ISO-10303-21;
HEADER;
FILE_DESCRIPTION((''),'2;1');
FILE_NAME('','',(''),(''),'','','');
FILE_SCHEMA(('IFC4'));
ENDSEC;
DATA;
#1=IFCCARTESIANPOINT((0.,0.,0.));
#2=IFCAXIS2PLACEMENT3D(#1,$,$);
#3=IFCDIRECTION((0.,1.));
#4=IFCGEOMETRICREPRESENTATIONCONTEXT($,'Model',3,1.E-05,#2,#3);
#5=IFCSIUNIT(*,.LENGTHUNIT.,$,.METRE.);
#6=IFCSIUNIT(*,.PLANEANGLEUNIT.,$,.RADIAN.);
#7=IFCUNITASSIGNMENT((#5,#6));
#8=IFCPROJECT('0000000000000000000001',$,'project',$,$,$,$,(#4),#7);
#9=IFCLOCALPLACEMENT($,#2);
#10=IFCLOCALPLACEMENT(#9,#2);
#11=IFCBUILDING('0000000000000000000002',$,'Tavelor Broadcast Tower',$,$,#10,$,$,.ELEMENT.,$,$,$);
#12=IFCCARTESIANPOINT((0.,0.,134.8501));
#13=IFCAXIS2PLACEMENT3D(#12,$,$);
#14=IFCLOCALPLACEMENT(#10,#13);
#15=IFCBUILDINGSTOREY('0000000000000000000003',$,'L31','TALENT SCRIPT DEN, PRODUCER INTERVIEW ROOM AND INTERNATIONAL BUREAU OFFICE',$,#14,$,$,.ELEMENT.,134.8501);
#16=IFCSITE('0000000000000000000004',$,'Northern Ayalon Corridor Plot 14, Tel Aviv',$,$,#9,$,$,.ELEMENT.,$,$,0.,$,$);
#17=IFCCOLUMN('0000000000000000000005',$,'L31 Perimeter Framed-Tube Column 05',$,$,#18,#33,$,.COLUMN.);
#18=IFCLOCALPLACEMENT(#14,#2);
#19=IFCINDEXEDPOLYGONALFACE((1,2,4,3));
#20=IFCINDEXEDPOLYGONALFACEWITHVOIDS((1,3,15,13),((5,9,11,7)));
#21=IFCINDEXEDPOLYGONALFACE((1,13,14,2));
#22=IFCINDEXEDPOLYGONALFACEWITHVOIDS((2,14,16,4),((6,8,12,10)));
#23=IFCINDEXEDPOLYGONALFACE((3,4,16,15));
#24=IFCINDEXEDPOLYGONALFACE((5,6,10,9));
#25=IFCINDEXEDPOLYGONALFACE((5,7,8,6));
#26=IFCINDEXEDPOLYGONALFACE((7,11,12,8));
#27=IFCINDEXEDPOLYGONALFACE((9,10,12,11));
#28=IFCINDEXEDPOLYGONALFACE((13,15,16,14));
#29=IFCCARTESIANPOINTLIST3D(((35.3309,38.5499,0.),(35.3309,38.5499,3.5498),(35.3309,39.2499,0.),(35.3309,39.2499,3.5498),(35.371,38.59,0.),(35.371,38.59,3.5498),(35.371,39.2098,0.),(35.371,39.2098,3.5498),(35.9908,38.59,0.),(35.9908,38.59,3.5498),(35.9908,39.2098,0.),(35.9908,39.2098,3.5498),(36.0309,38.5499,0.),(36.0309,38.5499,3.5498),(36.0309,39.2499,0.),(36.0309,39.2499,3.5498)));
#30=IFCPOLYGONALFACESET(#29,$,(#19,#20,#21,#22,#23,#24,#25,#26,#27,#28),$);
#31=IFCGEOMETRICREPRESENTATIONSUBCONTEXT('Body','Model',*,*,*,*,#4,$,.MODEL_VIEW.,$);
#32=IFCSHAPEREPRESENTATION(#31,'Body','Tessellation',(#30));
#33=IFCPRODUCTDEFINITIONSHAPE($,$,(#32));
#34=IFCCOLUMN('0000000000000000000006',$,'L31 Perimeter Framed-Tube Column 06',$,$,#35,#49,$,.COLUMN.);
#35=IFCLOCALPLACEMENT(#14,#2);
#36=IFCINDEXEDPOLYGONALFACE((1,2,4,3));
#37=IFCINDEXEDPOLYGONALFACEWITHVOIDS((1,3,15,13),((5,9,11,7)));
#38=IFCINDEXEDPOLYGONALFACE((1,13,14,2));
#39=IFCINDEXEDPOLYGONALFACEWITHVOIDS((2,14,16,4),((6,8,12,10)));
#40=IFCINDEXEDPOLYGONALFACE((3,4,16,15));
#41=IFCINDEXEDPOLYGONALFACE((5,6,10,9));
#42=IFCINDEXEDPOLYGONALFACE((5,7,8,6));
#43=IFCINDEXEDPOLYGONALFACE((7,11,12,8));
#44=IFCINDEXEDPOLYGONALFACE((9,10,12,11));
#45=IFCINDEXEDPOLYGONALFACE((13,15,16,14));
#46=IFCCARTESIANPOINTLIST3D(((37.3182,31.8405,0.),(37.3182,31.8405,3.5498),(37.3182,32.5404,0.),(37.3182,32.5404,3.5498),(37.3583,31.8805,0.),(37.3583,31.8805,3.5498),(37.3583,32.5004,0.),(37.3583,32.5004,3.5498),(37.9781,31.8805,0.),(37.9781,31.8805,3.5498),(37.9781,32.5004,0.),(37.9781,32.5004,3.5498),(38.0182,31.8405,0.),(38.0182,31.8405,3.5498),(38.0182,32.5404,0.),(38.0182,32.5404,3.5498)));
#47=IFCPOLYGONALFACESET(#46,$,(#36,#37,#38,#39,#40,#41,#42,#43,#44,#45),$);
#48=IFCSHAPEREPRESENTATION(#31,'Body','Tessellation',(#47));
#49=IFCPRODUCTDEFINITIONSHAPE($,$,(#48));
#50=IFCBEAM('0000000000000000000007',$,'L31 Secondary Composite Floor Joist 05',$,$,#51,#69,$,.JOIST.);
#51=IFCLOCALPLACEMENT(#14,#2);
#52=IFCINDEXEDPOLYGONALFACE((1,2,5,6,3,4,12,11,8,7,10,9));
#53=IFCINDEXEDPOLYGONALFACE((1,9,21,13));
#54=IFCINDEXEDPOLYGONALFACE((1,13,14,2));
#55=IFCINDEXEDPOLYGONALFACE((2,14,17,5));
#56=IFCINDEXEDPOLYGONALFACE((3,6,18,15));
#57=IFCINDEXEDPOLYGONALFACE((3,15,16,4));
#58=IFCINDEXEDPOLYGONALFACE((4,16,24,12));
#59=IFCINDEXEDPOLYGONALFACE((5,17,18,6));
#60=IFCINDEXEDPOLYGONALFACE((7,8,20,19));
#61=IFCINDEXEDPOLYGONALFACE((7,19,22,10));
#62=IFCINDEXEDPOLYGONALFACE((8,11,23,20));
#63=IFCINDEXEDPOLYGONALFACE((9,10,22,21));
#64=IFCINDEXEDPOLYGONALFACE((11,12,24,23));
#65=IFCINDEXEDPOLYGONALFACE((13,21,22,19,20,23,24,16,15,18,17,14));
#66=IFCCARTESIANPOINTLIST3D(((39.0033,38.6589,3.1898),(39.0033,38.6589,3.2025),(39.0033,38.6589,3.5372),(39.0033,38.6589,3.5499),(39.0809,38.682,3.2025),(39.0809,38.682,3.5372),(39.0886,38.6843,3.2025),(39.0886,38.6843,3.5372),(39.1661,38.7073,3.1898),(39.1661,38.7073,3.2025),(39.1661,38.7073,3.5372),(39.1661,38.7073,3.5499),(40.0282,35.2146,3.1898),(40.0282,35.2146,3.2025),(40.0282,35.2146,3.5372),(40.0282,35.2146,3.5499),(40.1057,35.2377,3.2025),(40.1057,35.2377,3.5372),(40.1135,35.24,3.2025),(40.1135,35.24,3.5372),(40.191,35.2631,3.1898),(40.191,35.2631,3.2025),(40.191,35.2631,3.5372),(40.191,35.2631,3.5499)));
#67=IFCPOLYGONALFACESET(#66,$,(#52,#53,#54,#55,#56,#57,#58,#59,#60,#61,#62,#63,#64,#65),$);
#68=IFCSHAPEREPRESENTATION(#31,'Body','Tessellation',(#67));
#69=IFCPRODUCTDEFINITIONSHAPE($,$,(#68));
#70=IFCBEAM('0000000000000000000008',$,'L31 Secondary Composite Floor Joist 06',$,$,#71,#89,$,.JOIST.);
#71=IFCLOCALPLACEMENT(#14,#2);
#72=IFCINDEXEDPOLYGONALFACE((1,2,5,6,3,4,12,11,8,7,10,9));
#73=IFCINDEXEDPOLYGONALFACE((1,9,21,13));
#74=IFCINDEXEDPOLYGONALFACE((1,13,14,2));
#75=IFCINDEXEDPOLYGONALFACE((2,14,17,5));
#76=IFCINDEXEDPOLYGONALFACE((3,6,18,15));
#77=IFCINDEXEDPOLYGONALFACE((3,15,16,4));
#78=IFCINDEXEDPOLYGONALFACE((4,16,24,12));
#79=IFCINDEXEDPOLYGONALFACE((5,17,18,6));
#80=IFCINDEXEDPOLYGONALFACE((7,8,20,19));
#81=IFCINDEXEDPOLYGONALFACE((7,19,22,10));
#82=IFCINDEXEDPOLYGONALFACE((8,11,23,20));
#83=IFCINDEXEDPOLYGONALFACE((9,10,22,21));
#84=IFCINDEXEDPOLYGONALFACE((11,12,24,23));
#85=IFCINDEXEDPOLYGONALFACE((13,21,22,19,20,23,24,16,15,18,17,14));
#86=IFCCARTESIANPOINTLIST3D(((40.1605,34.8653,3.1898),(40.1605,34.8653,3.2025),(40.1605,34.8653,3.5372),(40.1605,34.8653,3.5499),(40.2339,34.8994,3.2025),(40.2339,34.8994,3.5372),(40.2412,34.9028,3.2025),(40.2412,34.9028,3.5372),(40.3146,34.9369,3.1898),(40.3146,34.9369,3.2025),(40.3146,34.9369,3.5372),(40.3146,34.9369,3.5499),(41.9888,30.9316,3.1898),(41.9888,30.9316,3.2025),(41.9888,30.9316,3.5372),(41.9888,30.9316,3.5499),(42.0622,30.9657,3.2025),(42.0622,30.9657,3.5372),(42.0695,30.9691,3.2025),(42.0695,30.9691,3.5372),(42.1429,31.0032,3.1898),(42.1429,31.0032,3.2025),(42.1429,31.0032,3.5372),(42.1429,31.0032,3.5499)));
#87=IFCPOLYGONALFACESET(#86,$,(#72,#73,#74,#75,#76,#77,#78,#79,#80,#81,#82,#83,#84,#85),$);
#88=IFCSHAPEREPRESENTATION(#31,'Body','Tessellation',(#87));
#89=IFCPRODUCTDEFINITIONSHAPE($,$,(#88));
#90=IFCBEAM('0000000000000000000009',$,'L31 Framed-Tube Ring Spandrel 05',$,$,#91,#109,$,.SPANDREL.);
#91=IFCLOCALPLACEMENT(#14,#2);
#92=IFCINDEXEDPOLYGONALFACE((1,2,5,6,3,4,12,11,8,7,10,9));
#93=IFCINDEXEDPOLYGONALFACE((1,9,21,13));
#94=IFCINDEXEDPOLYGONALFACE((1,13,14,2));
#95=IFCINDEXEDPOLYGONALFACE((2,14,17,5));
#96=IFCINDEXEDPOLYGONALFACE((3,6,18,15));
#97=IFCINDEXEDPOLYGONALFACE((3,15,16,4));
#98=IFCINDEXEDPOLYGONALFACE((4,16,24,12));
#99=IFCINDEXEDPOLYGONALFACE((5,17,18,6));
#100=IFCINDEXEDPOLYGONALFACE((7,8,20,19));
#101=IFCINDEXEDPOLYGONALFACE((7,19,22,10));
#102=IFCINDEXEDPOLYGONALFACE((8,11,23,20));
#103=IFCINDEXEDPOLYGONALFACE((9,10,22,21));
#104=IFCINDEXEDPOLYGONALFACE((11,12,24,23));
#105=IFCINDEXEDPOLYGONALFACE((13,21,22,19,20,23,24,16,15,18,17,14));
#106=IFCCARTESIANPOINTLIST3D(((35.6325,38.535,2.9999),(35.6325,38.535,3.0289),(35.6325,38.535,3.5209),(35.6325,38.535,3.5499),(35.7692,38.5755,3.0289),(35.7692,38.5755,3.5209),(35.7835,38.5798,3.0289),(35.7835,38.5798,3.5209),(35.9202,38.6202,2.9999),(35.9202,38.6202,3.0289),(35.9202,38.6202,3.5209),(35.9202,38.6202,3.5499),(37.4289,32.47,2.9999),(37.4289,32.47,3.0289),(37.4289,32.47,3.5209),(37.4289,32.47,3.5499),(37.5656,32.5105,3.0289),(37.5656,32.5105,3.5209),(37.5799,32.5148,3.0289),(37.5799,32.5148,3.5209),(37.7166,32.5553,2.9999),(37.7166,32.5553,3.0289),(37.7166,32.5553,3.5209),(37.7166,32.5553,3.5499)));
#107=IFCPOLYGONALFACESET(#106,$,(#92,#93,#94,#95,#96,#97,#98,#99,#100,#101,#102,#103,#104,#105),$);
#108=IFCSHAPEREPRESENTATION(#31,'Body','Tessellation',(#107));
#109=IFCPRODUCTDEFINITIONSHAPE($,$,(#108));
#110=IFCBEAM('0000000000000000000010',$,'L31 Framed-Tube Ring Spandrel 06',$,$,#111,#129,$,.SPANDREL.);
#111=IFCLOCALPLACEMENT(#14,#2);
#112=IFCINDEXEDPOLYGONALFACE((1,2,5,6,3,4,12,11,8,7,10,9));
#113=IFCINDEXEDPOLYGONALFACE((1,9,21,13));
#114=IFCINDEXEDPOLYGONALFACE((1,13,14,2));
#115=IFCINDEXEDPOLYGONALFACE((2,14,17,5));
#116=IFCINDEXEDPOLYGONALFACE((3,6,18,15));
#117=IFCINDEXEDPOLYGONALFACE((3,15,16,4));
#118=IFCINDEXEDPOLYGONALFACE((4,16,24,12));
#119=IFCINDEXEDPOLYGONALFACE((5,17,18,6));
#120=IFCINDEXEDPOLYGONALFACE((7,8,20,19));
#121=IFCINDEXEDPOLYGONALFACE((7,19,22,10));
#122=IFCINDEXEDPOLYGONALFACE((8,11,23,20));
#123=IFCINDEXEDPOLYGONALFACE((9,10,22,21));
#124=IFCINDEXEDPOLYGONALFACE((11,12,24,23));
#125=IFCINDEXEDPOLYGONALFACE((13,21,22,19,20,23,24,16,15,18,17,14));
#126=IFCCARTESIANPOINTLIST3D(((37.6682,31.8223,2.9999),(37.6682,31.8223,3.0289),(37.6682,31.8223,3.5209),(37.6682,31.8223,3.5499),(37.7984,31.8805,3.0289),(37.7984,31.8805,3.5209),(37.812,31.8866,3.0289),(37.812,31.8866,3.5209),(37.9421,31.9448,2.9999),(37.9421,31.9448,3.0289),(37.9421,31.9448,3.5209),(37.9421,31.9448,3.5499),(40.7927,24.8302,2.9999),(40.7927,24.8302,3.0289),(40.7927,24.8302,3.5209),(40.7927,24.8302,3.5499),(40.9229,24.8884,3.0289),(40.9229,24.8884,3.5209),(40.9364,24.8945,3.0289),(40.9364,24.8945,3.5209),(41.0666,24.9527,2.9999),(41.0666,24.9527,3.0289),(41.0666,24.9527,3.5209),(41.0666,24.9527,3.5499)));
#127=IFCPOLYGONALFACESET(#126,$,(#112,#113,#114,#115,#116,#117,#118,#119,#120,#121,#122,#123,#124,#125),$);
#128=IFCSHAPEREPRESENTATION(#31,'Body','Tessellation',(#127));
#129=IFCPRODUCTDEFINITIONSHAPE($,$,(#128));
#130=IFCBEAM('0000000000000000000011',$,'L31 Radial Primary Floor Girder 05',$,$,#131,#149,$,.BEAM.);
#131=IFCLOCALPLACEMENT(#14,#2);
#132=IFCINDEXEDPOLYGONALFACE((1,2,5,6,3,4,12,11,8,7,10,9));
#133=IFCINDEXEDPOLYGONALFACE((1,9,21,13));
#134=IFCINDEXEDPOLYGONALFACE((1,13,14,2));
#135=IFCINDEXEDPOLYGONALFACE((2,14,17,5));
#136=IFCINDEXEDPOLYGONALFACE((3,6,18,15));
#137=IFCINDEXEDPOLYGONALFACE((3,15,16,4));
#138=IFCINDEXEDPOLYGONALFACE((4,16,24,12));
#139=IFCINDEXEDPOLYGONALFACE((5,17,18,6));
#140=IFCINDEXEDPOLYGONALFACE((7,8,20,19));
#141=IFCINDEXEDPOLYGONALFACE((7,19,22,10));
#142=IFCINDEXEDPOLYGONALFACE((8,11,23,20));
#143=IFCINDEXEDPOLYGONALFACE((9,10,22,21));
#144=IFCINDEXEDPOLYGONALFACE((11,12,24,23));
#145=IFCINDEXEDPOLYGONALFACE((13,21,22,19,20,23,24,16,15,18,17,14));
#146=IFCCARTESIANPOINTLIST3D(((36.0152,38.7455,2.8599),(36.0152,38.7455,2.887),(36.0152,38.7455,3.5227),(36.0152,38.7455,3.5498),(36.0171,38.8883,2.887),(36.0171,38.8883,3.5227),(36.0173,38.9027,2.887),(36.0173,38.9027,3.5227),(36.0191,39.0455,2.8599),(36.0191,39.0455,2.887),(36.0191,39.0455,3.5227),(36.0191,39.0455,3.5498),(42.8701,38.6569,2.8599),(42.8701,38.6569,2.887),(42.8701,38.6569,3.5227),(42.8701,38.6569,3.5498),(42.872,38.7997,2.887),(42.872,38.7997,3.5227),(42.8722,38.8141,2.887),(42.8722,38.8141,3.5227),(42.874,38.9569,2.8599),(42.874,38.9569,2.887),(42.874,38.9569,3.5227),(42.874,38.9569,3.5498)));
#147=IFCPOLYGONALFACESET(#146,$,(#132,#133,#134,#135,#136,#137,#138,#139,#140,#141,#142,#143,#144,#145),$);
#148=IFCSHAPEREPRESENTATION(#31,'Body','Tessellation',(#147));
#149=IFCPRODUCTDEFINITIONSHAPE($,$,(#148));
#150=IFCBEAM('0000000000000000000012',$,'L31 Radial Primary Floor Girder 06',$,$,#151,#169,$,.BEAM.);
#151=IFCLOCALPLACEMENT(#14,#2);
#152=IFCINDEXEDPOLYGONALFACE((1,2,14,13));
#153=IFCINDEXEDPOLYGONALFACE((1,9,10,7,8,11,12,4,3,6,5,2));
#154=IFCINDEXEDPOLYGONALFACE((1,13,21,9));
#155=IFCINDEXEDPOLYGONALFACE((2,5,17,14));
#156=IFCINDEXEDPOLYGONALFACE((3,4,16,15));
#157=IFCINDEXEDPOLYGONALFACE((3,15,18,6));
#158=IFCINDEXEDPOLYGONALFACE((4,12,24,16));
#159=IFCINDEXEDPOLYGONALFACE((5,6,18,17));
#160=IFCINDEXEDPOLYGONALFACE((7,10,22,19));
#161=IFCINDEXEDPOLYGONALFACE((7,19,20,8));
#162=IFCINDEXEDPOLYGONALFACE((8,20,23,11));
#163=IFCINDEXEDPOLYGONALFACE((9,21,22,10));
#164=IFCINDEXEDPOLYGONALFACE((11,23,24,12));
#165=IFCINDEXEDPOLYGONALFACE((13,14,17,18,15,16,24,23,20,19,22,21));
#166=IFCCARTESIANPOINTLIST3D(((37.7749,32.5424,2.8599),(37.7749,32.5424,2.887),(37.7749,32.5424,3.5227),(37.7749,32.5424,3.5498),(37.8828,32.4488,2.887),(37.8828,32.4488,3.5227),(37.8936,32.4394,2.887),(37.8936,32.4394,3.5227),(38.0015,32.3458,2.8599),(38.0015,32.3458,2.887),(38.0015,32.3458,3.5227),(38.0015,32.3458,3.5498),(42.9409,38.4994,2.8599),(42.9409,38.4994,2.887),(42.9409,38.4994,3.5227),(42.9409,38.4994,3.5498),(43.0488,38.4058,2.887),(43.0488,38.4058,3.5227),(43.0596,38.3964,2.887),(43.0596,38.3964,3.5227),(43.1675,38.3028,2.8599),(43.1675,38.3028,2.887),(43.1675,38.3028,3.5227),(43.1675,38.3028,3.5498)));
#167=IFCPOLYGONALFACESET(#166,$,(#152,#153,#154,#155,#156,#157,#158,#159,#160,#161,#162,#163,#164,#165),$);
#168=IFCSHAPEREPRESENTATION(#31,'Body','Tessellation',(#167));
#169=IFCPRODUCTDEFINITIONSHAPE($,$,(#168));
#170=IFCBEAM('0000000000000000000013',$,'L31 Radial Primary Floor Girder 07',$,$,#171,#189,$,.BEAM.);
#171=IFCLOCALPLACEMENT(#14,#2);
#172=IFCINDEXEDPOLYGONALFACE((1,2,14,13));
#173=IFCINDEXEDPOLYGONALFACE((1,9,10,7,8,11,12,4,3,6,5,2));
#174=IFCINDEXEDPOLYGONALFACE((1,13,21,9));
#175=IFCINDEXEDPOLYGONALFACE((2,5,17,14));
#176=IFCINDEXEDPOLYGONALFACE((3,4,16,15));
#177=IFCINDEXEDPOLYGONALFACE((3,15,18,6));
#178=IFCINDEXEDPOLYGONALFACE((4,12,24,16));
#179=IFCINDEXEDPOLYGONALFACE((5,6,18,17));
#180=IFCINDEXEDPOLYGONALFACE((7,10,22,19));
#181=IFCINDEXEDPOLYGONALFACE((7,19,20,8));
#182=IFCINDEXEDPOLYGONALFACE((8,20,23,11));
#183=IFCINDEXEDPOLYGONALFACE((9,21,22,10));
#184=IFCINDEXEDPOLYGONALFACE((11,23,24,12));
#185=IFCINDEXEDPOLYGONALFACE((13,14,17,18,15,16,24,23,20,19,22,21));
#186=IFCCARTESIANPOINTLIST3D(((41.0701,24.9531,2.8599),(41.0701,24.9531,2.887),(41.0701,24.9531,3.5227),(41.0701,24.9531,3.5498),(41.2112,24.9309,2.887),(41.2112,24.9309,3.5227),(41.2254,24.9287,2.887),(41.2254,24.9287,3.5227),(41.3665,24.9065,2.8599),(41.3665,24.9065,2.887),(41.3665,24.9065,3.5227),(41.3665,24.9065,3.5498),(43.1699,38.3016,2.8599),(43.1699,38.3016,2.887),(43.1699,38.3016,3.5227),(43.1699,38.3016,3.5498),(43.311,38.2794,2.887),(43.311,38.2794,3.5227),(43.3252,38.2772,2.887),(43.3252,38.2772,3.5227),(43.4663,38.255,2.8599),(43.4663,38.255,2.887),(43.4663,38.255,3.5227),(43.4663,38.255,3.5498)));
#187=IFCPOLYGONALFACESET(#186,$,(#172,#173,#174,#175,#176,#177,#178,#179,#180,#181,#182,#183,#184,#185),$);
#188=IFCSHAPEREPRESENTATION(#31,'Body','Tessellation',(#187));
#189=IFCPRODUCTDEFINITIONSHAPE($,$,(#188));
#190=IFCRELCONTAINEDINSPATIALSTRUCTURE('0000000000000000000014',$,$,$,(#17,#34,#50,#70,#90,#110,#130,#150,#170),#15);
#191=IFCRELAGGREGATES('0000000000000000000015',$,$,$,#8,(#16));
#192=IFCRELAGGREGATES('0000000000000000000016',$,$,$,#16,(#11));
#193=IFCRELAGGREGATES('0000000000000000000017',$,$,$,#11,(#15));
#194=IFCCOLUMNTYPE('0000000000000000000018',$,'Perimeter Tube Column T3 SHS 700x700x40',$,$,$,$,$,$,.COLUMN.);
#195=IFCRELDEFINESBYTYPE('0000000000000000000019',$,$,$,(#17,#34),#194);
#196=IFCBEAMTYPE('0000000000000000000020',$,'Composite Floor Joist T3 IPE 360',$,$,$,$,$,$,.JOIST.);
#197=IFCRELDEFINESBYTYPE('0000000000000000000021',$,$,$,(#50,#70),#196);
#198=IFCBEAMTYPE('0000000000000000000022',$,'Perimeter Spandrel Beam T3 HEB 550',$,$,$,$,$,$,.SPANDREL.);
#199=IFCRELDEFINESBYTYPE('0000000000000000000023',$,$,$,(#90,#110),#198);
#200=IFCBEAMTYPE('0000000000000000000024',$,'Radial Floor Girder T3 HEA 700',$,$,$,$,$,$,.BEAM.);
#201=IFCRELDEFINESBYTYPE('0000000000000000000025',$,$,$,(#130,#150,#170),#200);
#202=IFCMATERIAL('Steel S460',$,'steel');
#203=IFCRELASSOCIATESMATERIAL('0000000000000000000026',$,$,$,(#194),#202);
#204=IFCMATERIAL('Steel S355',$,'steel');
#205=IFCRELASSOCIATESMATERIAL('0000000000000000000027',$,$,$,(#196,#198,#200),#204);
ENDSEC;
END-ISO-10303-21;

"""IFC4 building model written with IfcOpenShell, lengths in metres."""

from ifc_helpers import new_model, si_unit, direction, frame, origin, origin_2d, place, context, subcontext, project, spatial, hollow_rectangle, i_section, extrude, material, material_profile, profile_set, type_object, element, save


model = new_model("IFC4")

# Units and contexts
model_context = context("Model", 3, precision=1e-05, world=origin(), true_north=direction((0.0, 1.0)))
body_context = subcontext(model_context, "Body", "Model", "MODEL_VIEW")
ifc_project = project(units=[si_unit("LENGTHUNIT", "METRE"), si_unit("PLANEANGLEUNIT", "RADIAN")], contexts=[model_context])

# Site, building, storey
site_placement = place(None, origin())
site = spatial("IfcSite", under=ifc_project, at=site_placement, Name="Northern Ayalon Corridor Plot 14, Tel Aviv", CompositionType="ELEMENT", RefElevation=0.0)
building_placement = place(site_placement, origin())
building = spatial("IfcBuilding", under=site, at=building_placement, Name="Tavelor Broadcast Tower", CompositionType="ELEMENT")
storey_placement = place(building_placement, frame((0.0, 0.0, 134.8501)))
storey = spatial("IfcBuildingStorey", under=building, at=storey_placement, Name="L31", Description="TALENT SCRIPT DEN, PRODUCER INTERVIEW ROOM AND INTERNATIONAL BUREAU OFFICE", CompositionType="ELEMENT", Elevation=134.8501)

# Columns
ifc_material_1 = material(Name="Steel S460", Category="steel")
ifc_material_profile_1 = material_profile(ifc_material_1, hollow_rectangle(XDim=0.7, YDim=0.7, WallThickness=0.04, at=origin_2d()), Name="SHS 700x700x40")
ifc_profile_set_1 = profile_set([ifc_material_profile_1], Name="Steel S460")
column_type = type_object("IfcColumnType", Name="Perimeter Tube Column T3 SHS 700x700x40", PredefinedType="COLUMN", material=ifc_profile_set_1)
for number, where, z_axis, x_axis, name in (
    (1, (35.6809, 38.8999, 0.0), (0.0, 0.0, 1.0), (1.0, 0.0, 0.0), "L31 Perimeter Framed-Tube Column 05"),
    (2, (37.6682, 32.1904, 0.0), (0.0, 0.0, 1.0), (1.0, 0.0, 0.0), "L31 Perimeter Framed-Tube Column 06"),
):
    element("IfcColumn", number, at=place(storey_placement, frame(where, z_axis=z_axis, x_axis=x_axis)), inside=storey, type_object=column_type, Name=name, PredefinedType="COLUMN", context=body_context, shape_type="SweptSolid", body=[
        extrude(hollow_rectangle(XDim=0.7, YDim=0.7, WallThickness=0.04, at=origin_2d()), origin(), (0.0, 0.0, 1.0), 3.5498),
    ])

# Beams
ifc_material_2 = material(Name="Steel S355", Category="steel")
ifc_material_profile_2 = material_profile(ifc_material_2, i_section(OverallWidth=0.1699, OverallDepth=0.3601, WebThickness=0.0081, FlangeThickness=0.0127, at=origin_2d()), Name="IPE 360")
ifc_profile_set_2 = profile_set([ifc_material_profile_2], Name="Steel S355")
beam_type_1 = type_object("IfcBeamType", Name="Composite Floor Joist T3 IPE 360", PredefinedType="JOIST", material=ifc_profile_set_2)
beam_1_placement = place(storey_placement, frame((39.0847, 38.6831, 3.3699), z_axis=(0.285203, -0.958467, 0.0), x_axis=(0.958467, 0.285203, 0.0)))
element("IfcBeam", 3, at=beam_1_placement, inside=storey, type_object=beam_type_1, Name="L31 Secondary Composite Floor Joist 05", PredefinedType="JOIST", context=body_context, shape_type="SweptSolid", body=[
    extrude(i_section(OverallWidth=0.1699, OverallDepth=0.3601, WebThickness=0.0081, FlangeThickness=0.0127, at=origin_2d()), origin(), (0.0, 0.0, 1.0), 3.5935),
])
beam_2_placement = place(storey_placement, frame((40.2375, 34.9011, 3.3699), z_axis=(0.42148, -0.906838, 0.0), x_axis=(0.906838, 0.42148, 0.0)))
element("IfcBeam", 4, at=beam_2_placement, inside=storey, type_object=beam_type_1, Name="L31 Secondary Composite Floor Joist 06", PredefinedType="JOIST", context=body_context, shape_type="SweptSolid", body=[
    extrude(i_section(OverallWidth=0.1699, OverallDepth=0.3601, WebThickness=0.0081, FlangeThickness=0.0127, at=origin_2d()), origin(), (0.0, 0.0, 1.0), 4.3379),
])
ifc_material_profile_3 = material_profile(ifc_material_2, i_section(OverallWidth=0.3, OverallDepth=0.55, WebThickness=0.0149, FlangeThickness=0.0291, at=origin_2d()), Name="HEB 550")
ifc_profile_set_3 = profile_set([ifc_material_profile_3], Name="Steel S355")
beam_type_2 = type_object("IfcBeamType", Name="Perimeter Spandrel Beam T3 HEB 550", PredefinedType="SPANDREL", material=ifc_profile_set_3)
beam_3_placement = place(storey_placement, frame((35.7764, 38.5776, 3.2749), z_axis=(0.283996, -0.958825, 0.0), x_axis=(0.958825, 0.283996, 0.0)))
element("IfcBeam", 5, at=beam_3_placement, inside=storey, type_object=beam_type_2, Name="L31 Framed-Tube Ring Spandrel 05", PredefinedType="SPANDREL", context=body_context, shape_type="SweptSolid", body=[
    extrude(i_section(OverallWidth=0.3, OverallDepth=0.55, WebThickness=0.0149, FlangeThickness=0.0291, at=origin_2d()), origin(), (0.0, 0.0, 1.0), 6.3254),
])
beam_4_placement = place(storey_placement, frame((37.8052, 31.8835, 3.2749), z_axis=(0.407977, -0.912992, 0.0), x_axis=(0.912992, 0.407977, 0.0)))
element("IfcBeam", 6, at=beam_4_placement, inside=storey, type_object=beam_type_2, Name="L31 Framed-Tube Ring Spandrel 06", PredefinedType="SPANDREL", context=body_context, shape_type="SweptSolid", body=[
    extrude(i_section(OverallWidth=0.3, OverallDepth=0.55, WebThickness=0.0149, FlangeThickness=0.0291, at=origin_2d()), origin(), (0.0, 0.0, 1.0), 7.6584),
])
ifc_material_profile_4 = material_profile(ifc_material_2, i_section(OverallWidth=0.3, OverallDepth=0.6899, WebThickness=0.0144, FlangeThickness=0.0271, at=origin_2d()), Name="HEA 700")
ifc_profile_set_4 = profile_set([ifc_material_profile_4], Name="Steel S355")
beam_type_3 = type_object("IfcBeamType", Name="Radial Floor Girder T3 HEA 700", PredefinedType="BEAM", material=ifc_profile_set_4)
beam_5_placement = place(storey_placement, frame((42.8721, 38.8069, 3.2048), z_axis=(-0.999916, 0.012927, 0.0), x_axis=(-0.012927, -0.999916, 0.0)))
element("IfcBeam", 7, at=beam_5_placement, inside=storey, type_object=beam_type_3, Name="L31 Radial Primary Floor Girder 05", PredefinedType="BEAM", context=body_context, shape_type="SweptSolid", body=[
    extrude(i_section(OverallWidth=0.3, OverallDepth=0.6899, WebThickness=0.0144, FlangeThickness=0.0271, at=origin_2d()), origin(), (0.0, 0.0, 1.0), 6.8555),
])
beam_6_placement = place(storey_placement, frame((43.0542, 38.4011, 3.2048), z_axis=(-0.655166, -0.755485, 0.0), x_axis=(0.755485, -0.655166, 0.0)))
element("IfcBeam", 8, at=beam_6_placement, inside=storey, type_object=beam_type_3, Name="L31 Radial Primary Floor Girder 06", PredefinedType="BEAM", context=body_context, shape_type="SweptSolid", body=[
    extrude(i_section(OverallWidth=0.3, OverallDepth=0.6899, WebThickness=0.0144, FlangeThickness=0.0271, at=origin_2d()), origin(), (0.0, 0.0, 1.0), 7.885),
])
beam_7_placement = place(storey_placement, frame((43.3181, 38.2783, 3.2048), z_axis=(-0.155398, -0.987852, 0.0), x_axis=(0.987852, -0.155398, 0.0)))
element("IfcBeam", 9, at=beam_7_placement, inside=storey, type_object=beam_type_3, Name="L31 Radial Primary Floor Girder 07", PredefinedType="BEAM", context=body_context, shape_type="SweptSolid", body=[
    extrude(i_section(OverallWidth=0.3, OverallDepth=0.6899, WebThickness=0.0144, FlangeThickness=0.0271, at=origin_2d()), origin(), (0.0, 0.0, 1.0), 13.5127),
])

save(model, "model.ifc")
